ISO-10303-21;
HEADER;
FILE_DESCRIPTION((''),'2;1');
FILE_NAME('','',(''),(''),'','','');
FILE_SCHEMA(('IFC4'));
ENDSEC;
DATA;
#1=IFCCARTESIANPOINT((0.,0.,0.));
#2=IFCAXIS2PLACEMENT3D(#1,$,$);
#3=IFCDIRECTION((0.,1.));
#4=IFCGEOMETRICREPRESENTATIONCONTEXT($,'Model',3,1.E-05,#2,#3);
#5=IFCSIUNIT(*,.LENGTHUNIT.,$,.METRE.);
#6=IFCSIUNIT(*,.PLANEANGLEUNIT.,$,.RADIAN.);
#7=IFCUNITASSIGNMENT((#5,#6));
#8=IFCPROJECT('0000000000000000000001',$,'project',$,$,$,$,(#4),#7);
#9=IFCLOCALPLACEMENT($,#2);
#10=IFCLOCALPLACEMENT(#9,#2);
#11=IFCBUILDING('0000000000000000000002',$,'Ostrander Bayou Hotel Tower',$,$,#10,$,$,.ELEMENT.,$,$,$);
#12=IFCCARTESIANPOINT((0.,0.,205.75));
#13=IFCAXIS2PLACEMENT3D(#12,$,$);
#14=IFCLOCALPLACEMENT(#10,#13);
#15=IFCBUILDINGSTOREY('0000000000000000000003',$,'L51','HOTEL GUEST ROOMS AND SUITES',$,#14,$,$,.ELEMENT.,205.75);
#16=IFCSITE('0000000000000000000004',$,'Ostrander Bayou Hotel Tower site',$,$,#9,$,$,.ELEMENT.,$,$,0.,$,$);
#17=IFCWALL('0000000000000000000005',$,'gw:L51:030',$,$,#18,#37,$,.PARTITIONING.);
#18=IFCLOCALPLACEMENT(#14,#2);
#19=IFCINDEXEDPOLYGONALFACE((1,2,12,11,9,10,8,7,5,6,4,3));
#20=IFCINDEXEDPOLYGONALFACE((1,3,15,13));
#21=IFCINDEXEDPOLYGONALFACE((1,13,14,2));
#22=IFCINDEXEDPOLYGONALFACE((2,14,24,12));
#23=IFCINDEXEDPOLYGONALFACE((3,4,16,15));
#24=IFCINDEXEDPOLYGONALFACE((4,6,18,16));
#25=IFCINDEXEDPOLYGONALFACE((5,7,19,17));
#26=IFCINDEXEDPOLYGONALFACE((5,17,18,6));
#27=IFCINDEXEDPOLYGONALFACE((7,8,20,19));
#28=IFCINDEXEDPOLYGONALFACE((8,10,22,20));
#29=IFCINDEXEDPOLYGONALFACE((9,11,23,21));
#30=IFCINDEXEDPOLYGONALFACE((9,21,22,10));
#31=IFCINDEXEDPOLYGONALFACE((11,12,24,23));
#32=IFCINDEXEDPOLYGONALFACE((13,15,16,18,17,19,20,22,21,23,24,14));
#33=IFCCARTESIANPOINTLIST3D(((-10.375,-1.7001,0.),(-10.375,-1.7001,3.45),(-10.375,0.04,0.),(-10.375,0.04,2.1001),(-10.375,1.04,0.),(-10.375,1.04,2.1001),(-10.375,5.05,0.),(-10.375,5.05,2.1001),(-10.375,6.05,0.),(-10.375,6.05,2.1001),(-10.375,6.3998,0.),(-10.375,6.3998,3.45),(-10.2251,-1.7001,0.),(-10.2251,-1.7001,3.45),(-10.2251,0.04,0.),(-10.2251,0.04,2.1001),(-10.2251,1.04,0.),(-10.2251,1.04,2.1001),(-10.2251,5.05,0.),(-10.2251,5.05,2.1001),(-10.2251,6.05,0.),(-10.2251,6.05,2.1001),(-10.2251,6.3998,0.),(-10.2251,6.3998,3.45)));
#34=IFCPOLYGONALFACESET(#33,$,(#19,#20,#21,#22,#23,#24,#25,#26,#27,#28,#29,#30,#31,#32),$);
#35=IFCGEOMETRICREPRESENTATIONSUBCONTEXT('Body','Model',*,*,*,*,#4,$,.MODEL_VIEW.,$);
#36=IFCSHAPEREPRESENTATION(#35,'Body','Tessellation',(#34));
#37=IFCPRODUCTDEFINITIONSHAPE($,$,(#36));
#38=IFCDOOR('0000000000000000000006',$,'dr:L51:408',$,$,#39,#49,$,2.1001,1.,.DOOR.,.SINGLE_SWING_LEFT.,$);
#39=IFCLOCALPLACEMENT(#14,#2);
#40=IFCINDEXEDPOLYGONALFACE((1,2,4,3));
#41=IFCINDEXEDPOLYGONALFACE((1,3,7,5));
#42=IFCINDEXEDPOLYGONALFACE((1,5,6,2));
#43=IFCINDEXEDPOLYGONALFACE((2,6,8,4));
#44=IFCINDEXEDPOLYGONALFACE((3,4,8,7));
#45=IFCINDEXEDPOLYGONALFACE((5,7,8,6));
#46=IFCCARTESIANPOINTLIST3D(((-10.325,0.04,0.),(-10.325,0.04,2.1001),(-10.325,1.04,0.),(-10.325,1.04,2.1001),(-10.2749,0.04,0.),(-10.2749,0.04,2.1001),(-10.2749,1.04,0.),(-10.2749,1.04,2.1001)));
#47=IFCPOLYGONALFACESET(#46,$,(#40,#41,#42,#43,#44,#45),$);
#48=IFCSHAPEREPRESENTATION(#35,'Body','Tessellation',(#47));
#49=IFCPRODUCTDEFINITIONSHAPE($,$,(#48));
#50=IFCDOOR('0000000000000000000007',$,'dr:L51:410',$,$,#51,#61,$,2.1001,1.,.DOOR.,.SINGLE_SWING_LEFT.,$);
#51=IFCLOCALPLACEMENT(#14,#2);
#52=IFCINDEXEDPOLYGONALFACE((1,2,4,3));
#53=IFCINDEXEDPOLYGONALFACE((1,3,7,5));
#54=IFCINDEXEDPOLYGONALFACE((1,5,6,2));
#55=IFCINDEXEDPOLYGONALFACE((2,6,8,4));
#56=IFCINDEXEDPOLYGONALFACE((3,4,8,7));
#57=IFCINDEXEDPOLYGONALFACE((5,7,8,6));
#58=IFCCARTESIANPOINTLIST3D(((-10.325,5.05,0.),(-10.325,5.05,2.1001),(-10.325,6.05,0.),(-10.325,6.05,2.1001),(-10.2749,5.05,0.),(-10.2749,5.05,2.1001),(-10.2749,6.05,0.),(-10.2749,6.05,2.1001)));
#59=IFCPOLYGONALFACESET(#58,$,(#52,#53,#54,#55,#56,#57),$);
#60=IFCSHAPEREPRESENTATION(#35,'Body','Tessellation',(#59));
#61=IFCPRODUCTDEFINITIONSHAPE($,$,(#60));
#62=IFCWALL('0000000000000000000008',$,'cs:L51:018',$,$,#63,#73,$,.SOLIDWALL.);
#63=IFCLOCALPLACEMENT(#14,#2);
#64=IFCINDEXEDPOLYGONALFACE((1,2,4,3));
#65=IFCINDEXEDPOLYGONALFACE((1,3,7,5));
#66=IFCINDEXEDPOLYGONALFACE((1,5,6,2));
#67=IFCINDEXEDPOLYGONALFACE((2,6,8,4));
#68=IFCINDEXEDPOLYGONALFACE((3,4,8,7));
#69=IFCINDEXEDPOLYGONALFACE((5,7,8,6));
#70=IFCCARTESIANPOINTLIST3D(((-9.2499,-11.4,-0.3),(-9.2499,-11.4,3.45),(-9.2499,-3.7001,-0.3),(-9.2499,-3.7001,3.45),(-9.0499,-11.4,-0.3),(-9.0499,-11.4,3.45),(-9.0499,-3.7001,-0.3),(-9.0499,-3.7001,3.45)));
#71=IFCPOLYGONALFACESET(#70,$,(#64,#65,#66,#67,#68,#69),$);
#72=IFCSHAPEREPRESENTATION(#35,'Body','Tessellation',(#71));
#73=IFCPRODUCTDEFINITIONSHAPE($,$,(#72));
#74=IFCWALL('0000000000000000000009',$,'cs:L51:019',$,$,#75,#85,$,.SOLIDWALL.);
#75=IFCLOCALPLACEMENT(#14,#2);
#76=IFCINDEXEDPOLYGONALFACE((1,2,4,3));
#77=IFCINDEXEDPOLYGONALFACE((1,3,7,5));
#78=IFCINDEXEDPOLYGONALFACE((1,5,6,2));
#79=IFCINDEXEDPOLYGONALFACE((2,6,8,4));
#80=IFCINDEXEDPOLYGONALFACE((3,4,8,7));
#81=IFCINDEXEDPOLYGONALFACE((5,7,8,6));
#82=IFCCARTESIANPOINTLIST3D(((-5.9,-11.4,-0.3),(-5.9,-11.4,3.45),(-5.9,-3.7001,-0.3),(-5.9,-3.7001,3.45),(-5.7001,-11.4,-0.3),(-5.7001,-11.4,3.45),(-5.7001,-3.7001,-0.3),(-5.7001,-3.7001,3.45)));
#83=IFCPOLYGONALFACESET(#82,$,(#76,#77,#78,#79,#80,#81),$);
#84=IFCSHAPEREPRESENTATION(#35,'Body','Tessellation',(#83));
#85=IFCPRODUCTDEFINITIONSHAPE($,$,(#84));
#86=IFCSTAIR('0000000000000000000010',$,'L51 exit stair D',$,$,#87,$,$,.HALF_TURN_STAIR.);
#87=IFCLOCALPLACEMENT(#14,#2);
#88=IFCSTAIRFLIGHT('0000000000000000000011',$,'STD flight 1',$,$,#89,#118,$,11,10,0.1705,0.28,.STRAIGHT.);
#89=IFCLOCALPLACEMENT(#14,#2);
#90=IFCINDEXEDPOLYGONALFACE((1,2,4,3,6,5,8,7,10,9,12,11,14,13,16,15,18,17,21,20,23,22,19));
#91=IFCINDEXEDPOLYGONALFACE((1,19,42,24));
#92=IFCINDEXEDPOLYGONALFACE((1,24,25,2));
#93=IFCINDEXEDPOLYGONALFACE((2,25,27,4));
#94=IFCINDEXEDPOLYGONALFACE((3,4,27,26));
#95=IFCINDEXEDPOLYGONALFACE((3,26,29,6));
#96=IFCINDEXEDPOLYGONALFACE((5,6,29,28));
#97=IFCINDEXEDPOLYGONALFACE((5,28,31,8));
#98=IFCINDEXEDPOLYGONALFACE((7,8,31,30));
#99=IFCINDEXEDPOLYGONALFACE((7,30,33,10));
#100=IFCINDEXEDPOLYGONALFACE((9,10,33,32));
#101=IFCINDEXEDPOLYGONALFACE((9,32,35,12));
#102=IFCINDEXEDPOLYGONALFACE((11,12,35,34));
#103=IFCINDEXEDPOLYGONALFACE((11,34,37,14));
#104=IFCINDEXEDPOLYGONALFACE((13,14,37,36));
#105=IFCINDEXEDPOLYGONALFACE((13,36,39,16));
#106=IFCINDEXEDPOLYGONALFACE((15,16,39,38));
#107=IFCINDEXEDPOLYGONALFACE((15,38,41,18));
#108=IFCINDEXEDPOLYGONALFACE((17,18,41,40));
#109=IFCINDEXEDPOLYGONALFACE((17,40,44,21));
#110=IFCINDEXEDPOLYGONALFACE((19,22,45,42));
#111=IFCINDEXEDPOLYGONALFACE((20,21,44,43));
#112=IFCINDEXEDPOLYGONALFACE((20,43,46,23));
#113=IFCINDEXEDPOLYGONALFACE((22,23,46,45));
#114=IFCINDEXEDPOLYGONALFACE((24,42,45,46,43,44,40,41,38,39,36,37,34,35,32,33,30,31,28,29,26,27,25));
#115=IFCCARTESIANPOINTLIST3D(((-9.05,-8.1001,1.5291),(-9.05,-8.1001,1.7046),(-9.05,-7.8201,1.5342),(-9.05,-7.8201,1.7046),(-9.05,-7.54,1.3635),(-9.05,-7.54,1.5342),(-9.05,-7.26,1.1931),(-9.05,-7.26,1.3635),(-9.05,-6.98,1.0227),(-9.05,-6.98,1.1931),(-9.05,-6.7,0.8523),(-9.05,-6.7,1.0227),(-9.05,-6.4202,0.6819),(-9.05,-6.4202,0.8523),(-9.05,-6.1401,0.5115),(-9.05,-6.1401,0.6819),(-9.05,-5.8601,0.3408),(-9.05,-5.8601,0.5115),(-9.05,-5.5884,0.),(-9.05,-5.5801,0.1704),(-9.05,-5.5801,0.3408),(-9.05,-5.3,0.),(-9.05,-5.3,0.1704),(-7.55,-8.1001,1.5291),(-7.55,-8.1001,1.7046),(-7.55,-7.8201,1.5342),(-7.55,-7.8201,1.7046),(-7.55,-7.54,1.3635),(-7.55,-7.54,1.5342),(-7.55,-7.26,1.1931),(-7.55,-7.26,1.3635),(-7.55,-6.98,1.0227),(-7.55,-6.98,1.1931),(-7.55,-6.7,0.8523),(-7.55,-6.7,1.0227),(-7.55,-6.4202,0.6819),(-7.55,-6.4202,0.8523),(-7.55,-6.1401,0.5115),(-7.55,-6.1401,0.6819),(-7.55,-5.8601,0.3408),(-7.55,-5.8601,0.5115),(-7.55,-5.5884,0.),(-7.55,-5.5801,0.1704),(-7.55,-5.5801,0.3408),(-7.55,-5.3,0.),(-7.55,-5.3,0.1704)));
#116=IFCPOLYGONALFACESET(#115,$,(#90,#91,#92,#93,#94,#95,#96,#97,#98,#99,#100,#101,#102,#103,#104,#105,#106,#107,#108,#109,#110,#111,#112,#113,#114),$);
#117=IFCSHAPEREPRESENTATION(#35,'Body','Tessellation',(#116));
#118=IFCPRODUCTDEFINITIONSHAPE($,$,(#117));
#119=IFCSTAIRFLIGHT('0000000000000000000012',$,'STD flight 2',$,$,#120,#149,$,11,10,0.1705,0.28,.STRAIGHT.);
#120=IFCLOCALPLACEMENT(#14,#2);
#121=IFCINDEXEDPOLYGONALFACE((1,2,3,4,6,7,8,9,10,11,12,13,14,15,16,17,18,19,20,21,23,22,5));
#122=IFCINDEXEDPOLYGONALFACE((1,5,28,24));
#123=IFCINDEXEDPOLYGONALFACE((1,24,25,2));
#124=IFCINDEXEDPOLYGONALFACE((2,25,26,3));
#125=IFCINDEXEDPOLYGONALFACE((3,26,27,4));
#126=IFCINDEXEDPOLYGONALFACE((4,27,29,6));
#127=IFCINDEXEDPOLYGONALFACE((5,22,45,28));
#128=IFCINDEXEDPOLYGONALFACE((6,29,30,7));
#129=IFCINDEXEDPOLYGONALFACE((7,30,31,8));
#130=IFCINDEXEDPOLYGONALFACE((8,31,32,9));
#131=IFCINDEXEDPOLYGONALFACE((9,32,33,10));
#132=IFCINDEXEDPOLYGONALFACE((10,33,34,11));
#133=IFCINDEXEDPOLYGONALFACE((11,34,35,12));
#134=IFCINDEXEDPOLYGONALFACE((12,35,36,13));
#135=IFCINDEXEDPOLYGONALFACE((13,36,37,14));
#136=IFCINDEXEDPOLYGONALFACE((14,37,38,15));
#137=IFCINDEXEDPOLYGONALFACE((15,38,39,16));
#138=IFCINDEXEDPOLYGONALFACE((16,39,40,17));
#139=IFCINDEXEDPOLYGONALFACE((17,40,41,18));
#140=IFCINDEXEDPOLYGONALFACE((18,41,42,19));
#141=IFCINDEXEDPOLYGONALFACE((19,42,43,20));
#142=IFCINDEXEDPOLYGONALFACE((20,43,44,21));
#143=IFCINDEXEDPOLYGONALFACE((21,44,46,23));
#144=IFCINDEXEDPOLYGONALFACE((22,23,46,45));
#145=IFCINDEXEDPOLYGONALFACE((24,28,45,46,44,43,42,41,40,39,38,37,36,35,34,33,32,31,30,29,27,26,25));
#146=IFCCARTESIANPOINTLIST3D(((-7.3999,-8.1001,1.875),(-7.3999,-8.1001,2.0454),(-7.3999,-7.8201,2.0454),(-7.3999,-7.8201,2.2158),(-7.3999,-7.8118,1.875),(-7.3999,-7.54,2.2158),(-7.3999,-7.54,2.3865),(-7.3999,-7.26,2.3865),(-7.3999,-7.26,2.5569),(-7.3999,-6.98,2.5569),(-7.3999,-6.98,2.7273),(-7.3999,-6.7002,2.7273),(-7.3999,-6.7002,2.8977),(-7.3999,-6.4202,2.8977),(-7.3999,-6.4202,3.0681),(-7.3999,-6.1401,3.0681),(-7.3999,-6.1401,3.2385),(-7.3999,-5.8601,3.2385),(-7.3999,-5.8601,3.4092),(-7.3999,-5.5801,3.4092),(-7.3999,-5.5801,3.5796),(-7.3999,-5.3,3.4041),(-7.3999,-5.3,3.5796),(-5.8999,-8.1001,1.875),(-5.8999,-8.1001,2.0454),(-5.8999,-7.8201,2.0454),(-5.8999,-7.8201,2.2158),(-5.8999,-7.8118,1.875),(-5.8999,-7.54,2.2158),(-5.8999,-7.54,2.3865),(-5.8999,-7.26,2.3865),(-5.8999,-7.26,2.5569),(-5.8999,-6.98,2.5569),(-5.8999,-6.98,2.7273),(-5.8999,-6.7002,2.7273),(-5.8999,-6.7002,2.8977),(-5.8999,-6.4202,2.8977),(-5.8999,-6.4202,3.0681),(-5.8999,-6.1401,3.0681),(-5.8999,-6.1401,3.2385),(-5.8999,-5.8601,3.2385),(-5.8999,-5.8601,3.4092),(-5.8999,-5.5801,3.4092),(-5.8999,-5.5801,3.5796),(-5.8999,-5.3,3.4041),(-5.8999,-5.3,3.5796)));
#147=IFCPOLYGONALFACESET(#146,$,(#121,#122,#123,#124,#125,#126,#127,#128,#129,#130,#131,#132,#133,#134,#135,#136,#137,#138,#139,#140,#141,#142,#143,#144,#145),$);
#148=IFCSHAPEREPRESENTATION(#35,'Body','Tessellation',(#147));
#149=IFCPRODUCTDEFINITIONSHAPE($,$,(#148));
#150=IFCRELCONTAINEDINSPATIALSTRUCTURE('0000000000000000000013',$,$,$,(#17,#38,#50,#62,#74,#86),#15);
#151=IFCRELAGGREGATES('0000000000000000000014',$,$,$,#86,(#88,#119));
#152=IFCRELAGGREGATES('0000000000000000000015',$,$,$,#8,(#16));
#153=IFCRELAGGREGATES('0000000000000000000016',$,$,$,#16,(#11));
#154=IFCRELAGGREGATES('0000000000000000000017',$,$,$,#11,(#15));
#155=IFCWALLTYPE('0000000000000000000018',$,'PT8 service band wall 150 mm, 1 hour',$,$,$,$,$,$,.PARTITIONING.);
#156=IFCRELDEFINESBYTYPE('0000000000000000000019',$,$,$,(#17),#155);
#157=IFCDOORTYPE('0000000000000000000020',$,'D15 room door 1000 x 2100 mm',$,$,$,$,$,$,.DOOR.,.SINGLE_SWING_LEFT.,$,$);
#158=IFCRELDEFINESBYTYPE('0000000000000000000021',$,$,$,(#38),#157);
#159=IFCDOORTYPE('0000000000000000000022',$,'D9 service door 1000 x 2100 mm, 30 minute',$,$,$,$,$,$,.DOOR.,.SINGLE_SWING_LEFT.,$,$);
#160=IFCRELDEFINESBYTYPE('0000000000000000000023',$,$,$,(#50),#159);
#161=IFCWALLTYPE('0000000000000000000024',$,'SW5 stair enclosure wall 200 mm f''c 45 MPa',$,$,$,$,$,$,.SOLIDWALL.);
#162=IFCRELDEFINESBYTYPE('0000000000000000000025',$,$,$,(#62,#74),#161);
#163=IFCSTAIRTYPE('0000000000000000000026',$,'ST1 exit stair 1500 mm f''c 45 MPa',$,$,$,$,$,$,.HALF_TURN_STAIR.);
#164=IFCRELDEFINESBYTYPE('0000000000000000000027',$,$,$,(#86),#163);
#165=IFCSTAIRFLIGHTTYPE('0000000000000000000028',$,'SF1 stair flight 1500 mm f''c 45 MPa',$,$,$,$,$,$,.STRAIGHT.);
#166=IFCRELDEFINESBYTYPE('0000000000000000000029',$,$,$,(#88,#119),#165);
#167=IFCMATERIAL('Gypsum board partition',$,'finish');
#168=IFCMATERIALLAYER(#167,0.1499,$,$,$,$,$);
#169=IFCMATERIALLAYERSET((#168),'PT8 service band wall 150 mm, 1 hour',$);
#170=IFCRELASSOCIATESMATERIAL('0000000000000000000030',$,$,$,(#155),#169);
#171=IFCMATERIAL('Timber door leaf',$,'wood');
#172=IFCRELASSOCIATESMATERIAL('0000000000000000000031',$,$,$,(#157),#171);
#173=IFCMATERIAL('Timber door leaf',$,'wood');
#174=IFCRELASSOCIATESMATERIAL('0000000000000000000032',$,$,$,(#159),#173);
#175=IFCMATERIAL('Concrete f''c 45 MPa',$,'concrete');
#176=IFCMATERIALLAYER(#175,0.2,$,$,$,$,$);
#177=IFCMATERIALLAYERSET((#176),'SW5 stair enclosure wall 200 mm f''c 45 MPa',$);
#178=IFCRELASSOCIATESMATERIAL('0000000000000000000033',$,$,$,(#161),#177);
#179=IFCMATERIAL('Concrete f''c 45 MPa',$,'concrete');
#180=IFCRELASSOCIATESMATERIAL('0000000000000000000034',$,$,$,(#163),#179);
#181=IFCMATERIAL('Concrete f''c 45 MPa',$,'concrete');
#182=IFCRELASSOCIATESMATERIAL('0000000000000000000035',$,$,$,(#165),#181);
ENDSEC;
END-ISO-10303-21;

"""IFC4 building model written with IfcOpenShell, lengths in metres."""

from ifc_helpers import new_model, si_unit, direction, frame, frame_2d, origin, place, context, subcontext, project, spatial, polyline, rectangle, outline, extrude, material, layer, layer_set, type_object, element, fill, aggregate, save


model = new_model("IFC4")

# Units and contexts
model_context = context("Model", 3, precision=1e-05, world=origin(), true_north=direction((0.0, 1.0)))
body_context = subcontext(model_context, "Body", "Model", "MODEL_VIEW")
ifc_project = project(units=[si_unit("LENGTHUNIT", "METRE"), si_unit("PLANEANGLEUNIT", "RADIAN")], contexts=[model_context])

# Site, building, storey
site_placement = place(None, origin())
site = spatial("IfcSite", under=ifc_project, at=site_placement, Name="Ostrander Bayou Hotel Tower site", CompositionType="ELEMENT", RefElevation=0.0)
building_placement = place(site_placement, origin())
building = spatial("IfcBuilding", under=site, at=building_placement, Name="Ostrander Bayou Hotel Tower", CompositionType="ELEMENT")
storey_placement = place(building_placement, frame((0.0, 0.0, 205.75)))
storey = spatial("IfcBuildingStorey", under=building, at=storey_placement, Name="L51", Description="HOTEL GUEST ROOMS AND SUITES", CompositionType="ELEMENT", Elevation=205.75)

# Shared definitions
ifc_material_1 = material(Name="Gypsum board partition", Category="finish")
ifc_layer_1 = layer(ifc_material_1, 0.1499)
ifc_layer_set_1 = layer_set([ifc_layer_1], Name="PT8 service band wall 150 mm, 1 hour")
wall_type_1 = type_object("IfcWallType", Name="PT8 service band wall 150 mm, 1 hour", PredefinedType="PARTITIONING", material=ifc_layer_set_1)

# Wall, openings, doors
wall_1_placement = place(storey_placement, frame((-10.3, -1.7, 0.0), z_axis=(0.0, 0.0, 1.0), x_axis=(0.0, 1.0, 0.0)))
wall_1 = element("IfcWall", 1, at=wall_1_placement, inside=storey, type_object=wall_type_1, Name="gw:L51:030", PredefinedType="PARTITIONING", context=body_context, shape_type="SweptSolid", body=[
    extrude(rectangle(XDim=8.0999, YDim=0.1499, at=frame_2d((4.0498, 0.0))), origin(), (0.0, 0.0, 1.0), 3.45),
])
opening_1_placement = place(wall_1_placement, frame((1.74, 0.0, 0.0)))
opening_1 = element("IfcOpeningElement", 2, at=opening_1_placement, cuts=wall_1, PredefinedType="OPENING", context=body_context, shape_type="SweptSolid", body=[
    extrude(rectangle(XDim=1.0, YDim=2.1001, at=frame_2d((0.5, 1.05))), frame((0.0, 0.075, 0.0), z_axis=(0.0, -1.0, 0.0), x_axis=(1.0, 0.0, 0.0)), (0.0, 0.0, 1.0), 0.1499),
])
opening_2_placement = place(wall_1_placement, frame((6.75, 0.0, 0.0)))
opening_2 = element("IfcOpeningElement", 3, at=opening_2_placement, cuts=wall_1, PredefinedType="OPENING", context=body_context, shape_type="SweptSolid", body=[
    extrude(rectangle(XDim=1.0, YDim=2.1001, at=frame_2d((0.5, 1.05))), frame((0.0, 0.075, 0.0), z_axis=(0.0, -1.0, 0.0), x_axis=(1.0, 0.0, 0.0)), (0.0, 0.0, 1.0), 0.1499),
])
ifc_material_2 = material(Name="Timber door leaf", Category="wood")
door_type_1 = type_object("IfcDoorType", Name="D15 room door 1000 x 2100 mm", OperationType="SINGLE_SWING_LEFT", PredefinedType="DOOR", material=ifc_material_2)
door_1_placement = place(opening_1_placement, origin())
door_1 = element("IfcDoor", 4, at=door_1_placement, inside=storey, type_object=door_type_1, Name="dr:L51:408", OperationType="SINGLE_SWING_LEFT", OverallHeight=2.1001, OverallWidth=1.0, PredefinedType="DOOR", context=body_context, shape_type="SweptSolid", body=[
    extrude(rectangle(XDim=1.0, YDim=2.1001, at=frame_2d((0.5, 1.05))), frame((0.0, 0.0249, 0.0), z_axis=(0.0, -1.0, 0.0), x_axis=(1.0, 0.0, 0.0)), (0.0, 0.0, 1.0), 0.05),
])
fill(opening_1, door_1)
ifc_material_3 = material(Name="Timber door leaf", Category="wood")
door_type_2 = type_object("IfcDoorType", Name="D9 service door 1000 x 2100 mm, 30 minute", OperationType="SINGLE_SWING_LEFT", PredefinedType="DOOR", material=ifc_material_3)
door_2_placement = place(opening_2_placement, origin())
door_2 = element("IfcDoor", 5, at=door_2_placement, inside=storey, type_object=door_type_2, Name="dr:L51:410", OperationType="SINGLE_SWING_LEFT", OverallHeight=2.1001, OverallWidth=1.0, PredefinedType="DOOR", context=body_context, shape_type="SweptSolid", body=[
    extrude(rectangle(XDim=1.0, YDim=2.1001, at=frame_2d((0.5, 1.05))), frame((0.0, 0.0249, 0.0), z_axis=(0.0, -1.0, 0.0), x_axis=(1.0, 0.0, 0.0)), (0.0, 0.0, 1.0), 0.05),
])
fill(opening_2, door_2)

# Shared definitions
ifc_material_4 = material(Name="Concrete f'c 45 MPa", Category="concrete")
ifc_layer_2 = layer(ifc_material_4, 0.2)
ifc_layer_set_2 = layer_set([ifc_layer_2], Name="SW5 stair enclosure wall 200 mm f'c 45 MPa")
wall_type_2 = type_object("IfcWallType", Name="SW5 stair enclosure wall 200 mm f'c 45 MPa", PredefinedType="SOLIDWALL", material=ifc_layer_set_2)

# Walls
for number, where, z_axis, x_axis, name in (
    (6, (-9.1499, -3.7, -0.3), (0.0, 0.0, 1.0), (0.0, -1.0, 0.0), "cs:L51:018"),
    (7, (-5.8, -3.7, -0.3), (0.0, 0.0, 1.0), (0.0, -1.0, 0.0), "cs:L51:019"),
):
    element("IfcWall", number, at=place(storey_placement, frame(where, z_axis=z_axis, x_axis=x_axis)), inside=storey, type_object=wall_type_2, Name=name, PredefinedType="SOLIDWALL", context=body_context, shape_type="SweptSolid", body=[
        extrude(rectangle(XDim=7.7, YDim=0.2, at=frame_2d((3.8501, 0.0))), origin(), (0.0, 0.0, 1.0), 3.75),
    ])

# Stair, stair flights
ifc_material_5 = material(Name="Concrete f'c 45 MPa", Category="concrete")
stair_type = type_object("IfcStairType", Name="ST1 exit stair 1500 mm f'c 45 MPa", PredefinedType="HALF_TURN_STAIR", material=ifc_material_5)
stair_placement = place(storey_placement, origin())
stair = element("IfcStair", 8, at=stair_placement, inside=storey, type_object=stair_type, Name="L51 exit stair D", PredefinedType="HALF_TURN_STAIR")
ifc_material_6 = material(Name="Concrete f'c 45 MPa", Category="concrete")
stair_flight_type = type_object("IfcStairFlightType", Name="SF1 stair flight 1500 mm f'c 45 MPa", PredefinedType="STRAIGHT", material=ifc_material_6)
stair_flight_1_placement = place(storey_placement, frame((-8.3, -5.3, 0.0), z_axis=(0.0, 0.0, 1.0), x_axis=(0.0, -1.0, 0.0)))
stair_flight_1 = element("IfcStairFlight", 9, at=stair_flight_1_placement, type_object=stair_flight_type, Name="STD flight 1", NumberOfRisers=11, NumberOfTreads=10, PredefinedType="STRAIGHT", RiserHeight=0.1705, TreadLength=0.28, context=body_context, shape_type="SweptSolid", body=[
    extrude(outline(polyline([(0.0, 0.0), (0.0, 0.1704), (0.28, 0.1704), (0.28, 0.3408), (0.5601, 0.3408), (0.5601, 0.5115), (0.8401, 0.5115), (0.8401, 0.6819), (1.1201, 0.6819), (1.1201, 0.8523), (1.3999, 0.8523), (1.3999, 1.0227), (1.6799, 1.0227), (1.6799, 1.1931), (1.96, 1.1931), (1.96, 1.3635), (2.24, 1.3635), (2.24, 1.5342), (2.52, 1.5342), (2.52, 1.7046), (2.8, 1.7046), (2.8, 1.875), (2.8, 1.5291), (0.2883, 0.0), (0.0, 0.0)])), frame((0.0, 0.75, 0.0), z_axis=(0.0, -1.0, 0.0), x_axis=(1.0, 0.0, 0.0)), (0.0, 0.0, 1.0), 1.5),
])
stair_flight_2_placement = place(storey_placement, frame((-6.6499, -8.1001, 1.875), z_axis=(0.0, 0.0, 1.0), x_axis=(0.0, 1.0, 0.0)))
stair_flight_2 = element("IfcStairFlight", 10, at=stair_flight_2_placement, type_object=stair_flight_type, Name="STD flight 2", NumberOfRisers=11, NumberOfTreads=10, PredefinedType="STRAIGHT", RiserHeight=0.1705, TreadLength=0.28, context=body_context, shape_type="SweptSolid", body=[
    extrude(outline(polyline([(0.0, 0.0), (0.0, 0.1704), (0.28, 0.1704), (0.28, 0.3408), (0.5601, 0.3408), (0.5601, 0.5115), (0.8401, 0.5115), (0.8401, 0.6819), (1.1201, 0.6819), (1.1201, 0.8523), (1.3999, 0.8523), (1.3999, 1.0227), (1.6799, 1.0227), (1.6799, 1.1931), (1.96, 1.1931), (1.96, 1.3635), (2.24, 1.3635), (2.24, 1.5342), (2.52, 1.5342), (2.52, 1.7046), (2.8, 1.7046), (2.8, 1.875), (2.8, 1.5291), (0.2883, 0.0), (0.0, 0.0)])), frame((0.0, 0.75, 0.0), z_axis=(0.0, -1.0, 0.0), x_axis=(1.0, 0.0, 0.0)), (0.0, 0.0, 1.0), 1.5),
])
aggregate(stair, [stair_flight_1, stair_flight_2])

save(model, "model.ifc")
